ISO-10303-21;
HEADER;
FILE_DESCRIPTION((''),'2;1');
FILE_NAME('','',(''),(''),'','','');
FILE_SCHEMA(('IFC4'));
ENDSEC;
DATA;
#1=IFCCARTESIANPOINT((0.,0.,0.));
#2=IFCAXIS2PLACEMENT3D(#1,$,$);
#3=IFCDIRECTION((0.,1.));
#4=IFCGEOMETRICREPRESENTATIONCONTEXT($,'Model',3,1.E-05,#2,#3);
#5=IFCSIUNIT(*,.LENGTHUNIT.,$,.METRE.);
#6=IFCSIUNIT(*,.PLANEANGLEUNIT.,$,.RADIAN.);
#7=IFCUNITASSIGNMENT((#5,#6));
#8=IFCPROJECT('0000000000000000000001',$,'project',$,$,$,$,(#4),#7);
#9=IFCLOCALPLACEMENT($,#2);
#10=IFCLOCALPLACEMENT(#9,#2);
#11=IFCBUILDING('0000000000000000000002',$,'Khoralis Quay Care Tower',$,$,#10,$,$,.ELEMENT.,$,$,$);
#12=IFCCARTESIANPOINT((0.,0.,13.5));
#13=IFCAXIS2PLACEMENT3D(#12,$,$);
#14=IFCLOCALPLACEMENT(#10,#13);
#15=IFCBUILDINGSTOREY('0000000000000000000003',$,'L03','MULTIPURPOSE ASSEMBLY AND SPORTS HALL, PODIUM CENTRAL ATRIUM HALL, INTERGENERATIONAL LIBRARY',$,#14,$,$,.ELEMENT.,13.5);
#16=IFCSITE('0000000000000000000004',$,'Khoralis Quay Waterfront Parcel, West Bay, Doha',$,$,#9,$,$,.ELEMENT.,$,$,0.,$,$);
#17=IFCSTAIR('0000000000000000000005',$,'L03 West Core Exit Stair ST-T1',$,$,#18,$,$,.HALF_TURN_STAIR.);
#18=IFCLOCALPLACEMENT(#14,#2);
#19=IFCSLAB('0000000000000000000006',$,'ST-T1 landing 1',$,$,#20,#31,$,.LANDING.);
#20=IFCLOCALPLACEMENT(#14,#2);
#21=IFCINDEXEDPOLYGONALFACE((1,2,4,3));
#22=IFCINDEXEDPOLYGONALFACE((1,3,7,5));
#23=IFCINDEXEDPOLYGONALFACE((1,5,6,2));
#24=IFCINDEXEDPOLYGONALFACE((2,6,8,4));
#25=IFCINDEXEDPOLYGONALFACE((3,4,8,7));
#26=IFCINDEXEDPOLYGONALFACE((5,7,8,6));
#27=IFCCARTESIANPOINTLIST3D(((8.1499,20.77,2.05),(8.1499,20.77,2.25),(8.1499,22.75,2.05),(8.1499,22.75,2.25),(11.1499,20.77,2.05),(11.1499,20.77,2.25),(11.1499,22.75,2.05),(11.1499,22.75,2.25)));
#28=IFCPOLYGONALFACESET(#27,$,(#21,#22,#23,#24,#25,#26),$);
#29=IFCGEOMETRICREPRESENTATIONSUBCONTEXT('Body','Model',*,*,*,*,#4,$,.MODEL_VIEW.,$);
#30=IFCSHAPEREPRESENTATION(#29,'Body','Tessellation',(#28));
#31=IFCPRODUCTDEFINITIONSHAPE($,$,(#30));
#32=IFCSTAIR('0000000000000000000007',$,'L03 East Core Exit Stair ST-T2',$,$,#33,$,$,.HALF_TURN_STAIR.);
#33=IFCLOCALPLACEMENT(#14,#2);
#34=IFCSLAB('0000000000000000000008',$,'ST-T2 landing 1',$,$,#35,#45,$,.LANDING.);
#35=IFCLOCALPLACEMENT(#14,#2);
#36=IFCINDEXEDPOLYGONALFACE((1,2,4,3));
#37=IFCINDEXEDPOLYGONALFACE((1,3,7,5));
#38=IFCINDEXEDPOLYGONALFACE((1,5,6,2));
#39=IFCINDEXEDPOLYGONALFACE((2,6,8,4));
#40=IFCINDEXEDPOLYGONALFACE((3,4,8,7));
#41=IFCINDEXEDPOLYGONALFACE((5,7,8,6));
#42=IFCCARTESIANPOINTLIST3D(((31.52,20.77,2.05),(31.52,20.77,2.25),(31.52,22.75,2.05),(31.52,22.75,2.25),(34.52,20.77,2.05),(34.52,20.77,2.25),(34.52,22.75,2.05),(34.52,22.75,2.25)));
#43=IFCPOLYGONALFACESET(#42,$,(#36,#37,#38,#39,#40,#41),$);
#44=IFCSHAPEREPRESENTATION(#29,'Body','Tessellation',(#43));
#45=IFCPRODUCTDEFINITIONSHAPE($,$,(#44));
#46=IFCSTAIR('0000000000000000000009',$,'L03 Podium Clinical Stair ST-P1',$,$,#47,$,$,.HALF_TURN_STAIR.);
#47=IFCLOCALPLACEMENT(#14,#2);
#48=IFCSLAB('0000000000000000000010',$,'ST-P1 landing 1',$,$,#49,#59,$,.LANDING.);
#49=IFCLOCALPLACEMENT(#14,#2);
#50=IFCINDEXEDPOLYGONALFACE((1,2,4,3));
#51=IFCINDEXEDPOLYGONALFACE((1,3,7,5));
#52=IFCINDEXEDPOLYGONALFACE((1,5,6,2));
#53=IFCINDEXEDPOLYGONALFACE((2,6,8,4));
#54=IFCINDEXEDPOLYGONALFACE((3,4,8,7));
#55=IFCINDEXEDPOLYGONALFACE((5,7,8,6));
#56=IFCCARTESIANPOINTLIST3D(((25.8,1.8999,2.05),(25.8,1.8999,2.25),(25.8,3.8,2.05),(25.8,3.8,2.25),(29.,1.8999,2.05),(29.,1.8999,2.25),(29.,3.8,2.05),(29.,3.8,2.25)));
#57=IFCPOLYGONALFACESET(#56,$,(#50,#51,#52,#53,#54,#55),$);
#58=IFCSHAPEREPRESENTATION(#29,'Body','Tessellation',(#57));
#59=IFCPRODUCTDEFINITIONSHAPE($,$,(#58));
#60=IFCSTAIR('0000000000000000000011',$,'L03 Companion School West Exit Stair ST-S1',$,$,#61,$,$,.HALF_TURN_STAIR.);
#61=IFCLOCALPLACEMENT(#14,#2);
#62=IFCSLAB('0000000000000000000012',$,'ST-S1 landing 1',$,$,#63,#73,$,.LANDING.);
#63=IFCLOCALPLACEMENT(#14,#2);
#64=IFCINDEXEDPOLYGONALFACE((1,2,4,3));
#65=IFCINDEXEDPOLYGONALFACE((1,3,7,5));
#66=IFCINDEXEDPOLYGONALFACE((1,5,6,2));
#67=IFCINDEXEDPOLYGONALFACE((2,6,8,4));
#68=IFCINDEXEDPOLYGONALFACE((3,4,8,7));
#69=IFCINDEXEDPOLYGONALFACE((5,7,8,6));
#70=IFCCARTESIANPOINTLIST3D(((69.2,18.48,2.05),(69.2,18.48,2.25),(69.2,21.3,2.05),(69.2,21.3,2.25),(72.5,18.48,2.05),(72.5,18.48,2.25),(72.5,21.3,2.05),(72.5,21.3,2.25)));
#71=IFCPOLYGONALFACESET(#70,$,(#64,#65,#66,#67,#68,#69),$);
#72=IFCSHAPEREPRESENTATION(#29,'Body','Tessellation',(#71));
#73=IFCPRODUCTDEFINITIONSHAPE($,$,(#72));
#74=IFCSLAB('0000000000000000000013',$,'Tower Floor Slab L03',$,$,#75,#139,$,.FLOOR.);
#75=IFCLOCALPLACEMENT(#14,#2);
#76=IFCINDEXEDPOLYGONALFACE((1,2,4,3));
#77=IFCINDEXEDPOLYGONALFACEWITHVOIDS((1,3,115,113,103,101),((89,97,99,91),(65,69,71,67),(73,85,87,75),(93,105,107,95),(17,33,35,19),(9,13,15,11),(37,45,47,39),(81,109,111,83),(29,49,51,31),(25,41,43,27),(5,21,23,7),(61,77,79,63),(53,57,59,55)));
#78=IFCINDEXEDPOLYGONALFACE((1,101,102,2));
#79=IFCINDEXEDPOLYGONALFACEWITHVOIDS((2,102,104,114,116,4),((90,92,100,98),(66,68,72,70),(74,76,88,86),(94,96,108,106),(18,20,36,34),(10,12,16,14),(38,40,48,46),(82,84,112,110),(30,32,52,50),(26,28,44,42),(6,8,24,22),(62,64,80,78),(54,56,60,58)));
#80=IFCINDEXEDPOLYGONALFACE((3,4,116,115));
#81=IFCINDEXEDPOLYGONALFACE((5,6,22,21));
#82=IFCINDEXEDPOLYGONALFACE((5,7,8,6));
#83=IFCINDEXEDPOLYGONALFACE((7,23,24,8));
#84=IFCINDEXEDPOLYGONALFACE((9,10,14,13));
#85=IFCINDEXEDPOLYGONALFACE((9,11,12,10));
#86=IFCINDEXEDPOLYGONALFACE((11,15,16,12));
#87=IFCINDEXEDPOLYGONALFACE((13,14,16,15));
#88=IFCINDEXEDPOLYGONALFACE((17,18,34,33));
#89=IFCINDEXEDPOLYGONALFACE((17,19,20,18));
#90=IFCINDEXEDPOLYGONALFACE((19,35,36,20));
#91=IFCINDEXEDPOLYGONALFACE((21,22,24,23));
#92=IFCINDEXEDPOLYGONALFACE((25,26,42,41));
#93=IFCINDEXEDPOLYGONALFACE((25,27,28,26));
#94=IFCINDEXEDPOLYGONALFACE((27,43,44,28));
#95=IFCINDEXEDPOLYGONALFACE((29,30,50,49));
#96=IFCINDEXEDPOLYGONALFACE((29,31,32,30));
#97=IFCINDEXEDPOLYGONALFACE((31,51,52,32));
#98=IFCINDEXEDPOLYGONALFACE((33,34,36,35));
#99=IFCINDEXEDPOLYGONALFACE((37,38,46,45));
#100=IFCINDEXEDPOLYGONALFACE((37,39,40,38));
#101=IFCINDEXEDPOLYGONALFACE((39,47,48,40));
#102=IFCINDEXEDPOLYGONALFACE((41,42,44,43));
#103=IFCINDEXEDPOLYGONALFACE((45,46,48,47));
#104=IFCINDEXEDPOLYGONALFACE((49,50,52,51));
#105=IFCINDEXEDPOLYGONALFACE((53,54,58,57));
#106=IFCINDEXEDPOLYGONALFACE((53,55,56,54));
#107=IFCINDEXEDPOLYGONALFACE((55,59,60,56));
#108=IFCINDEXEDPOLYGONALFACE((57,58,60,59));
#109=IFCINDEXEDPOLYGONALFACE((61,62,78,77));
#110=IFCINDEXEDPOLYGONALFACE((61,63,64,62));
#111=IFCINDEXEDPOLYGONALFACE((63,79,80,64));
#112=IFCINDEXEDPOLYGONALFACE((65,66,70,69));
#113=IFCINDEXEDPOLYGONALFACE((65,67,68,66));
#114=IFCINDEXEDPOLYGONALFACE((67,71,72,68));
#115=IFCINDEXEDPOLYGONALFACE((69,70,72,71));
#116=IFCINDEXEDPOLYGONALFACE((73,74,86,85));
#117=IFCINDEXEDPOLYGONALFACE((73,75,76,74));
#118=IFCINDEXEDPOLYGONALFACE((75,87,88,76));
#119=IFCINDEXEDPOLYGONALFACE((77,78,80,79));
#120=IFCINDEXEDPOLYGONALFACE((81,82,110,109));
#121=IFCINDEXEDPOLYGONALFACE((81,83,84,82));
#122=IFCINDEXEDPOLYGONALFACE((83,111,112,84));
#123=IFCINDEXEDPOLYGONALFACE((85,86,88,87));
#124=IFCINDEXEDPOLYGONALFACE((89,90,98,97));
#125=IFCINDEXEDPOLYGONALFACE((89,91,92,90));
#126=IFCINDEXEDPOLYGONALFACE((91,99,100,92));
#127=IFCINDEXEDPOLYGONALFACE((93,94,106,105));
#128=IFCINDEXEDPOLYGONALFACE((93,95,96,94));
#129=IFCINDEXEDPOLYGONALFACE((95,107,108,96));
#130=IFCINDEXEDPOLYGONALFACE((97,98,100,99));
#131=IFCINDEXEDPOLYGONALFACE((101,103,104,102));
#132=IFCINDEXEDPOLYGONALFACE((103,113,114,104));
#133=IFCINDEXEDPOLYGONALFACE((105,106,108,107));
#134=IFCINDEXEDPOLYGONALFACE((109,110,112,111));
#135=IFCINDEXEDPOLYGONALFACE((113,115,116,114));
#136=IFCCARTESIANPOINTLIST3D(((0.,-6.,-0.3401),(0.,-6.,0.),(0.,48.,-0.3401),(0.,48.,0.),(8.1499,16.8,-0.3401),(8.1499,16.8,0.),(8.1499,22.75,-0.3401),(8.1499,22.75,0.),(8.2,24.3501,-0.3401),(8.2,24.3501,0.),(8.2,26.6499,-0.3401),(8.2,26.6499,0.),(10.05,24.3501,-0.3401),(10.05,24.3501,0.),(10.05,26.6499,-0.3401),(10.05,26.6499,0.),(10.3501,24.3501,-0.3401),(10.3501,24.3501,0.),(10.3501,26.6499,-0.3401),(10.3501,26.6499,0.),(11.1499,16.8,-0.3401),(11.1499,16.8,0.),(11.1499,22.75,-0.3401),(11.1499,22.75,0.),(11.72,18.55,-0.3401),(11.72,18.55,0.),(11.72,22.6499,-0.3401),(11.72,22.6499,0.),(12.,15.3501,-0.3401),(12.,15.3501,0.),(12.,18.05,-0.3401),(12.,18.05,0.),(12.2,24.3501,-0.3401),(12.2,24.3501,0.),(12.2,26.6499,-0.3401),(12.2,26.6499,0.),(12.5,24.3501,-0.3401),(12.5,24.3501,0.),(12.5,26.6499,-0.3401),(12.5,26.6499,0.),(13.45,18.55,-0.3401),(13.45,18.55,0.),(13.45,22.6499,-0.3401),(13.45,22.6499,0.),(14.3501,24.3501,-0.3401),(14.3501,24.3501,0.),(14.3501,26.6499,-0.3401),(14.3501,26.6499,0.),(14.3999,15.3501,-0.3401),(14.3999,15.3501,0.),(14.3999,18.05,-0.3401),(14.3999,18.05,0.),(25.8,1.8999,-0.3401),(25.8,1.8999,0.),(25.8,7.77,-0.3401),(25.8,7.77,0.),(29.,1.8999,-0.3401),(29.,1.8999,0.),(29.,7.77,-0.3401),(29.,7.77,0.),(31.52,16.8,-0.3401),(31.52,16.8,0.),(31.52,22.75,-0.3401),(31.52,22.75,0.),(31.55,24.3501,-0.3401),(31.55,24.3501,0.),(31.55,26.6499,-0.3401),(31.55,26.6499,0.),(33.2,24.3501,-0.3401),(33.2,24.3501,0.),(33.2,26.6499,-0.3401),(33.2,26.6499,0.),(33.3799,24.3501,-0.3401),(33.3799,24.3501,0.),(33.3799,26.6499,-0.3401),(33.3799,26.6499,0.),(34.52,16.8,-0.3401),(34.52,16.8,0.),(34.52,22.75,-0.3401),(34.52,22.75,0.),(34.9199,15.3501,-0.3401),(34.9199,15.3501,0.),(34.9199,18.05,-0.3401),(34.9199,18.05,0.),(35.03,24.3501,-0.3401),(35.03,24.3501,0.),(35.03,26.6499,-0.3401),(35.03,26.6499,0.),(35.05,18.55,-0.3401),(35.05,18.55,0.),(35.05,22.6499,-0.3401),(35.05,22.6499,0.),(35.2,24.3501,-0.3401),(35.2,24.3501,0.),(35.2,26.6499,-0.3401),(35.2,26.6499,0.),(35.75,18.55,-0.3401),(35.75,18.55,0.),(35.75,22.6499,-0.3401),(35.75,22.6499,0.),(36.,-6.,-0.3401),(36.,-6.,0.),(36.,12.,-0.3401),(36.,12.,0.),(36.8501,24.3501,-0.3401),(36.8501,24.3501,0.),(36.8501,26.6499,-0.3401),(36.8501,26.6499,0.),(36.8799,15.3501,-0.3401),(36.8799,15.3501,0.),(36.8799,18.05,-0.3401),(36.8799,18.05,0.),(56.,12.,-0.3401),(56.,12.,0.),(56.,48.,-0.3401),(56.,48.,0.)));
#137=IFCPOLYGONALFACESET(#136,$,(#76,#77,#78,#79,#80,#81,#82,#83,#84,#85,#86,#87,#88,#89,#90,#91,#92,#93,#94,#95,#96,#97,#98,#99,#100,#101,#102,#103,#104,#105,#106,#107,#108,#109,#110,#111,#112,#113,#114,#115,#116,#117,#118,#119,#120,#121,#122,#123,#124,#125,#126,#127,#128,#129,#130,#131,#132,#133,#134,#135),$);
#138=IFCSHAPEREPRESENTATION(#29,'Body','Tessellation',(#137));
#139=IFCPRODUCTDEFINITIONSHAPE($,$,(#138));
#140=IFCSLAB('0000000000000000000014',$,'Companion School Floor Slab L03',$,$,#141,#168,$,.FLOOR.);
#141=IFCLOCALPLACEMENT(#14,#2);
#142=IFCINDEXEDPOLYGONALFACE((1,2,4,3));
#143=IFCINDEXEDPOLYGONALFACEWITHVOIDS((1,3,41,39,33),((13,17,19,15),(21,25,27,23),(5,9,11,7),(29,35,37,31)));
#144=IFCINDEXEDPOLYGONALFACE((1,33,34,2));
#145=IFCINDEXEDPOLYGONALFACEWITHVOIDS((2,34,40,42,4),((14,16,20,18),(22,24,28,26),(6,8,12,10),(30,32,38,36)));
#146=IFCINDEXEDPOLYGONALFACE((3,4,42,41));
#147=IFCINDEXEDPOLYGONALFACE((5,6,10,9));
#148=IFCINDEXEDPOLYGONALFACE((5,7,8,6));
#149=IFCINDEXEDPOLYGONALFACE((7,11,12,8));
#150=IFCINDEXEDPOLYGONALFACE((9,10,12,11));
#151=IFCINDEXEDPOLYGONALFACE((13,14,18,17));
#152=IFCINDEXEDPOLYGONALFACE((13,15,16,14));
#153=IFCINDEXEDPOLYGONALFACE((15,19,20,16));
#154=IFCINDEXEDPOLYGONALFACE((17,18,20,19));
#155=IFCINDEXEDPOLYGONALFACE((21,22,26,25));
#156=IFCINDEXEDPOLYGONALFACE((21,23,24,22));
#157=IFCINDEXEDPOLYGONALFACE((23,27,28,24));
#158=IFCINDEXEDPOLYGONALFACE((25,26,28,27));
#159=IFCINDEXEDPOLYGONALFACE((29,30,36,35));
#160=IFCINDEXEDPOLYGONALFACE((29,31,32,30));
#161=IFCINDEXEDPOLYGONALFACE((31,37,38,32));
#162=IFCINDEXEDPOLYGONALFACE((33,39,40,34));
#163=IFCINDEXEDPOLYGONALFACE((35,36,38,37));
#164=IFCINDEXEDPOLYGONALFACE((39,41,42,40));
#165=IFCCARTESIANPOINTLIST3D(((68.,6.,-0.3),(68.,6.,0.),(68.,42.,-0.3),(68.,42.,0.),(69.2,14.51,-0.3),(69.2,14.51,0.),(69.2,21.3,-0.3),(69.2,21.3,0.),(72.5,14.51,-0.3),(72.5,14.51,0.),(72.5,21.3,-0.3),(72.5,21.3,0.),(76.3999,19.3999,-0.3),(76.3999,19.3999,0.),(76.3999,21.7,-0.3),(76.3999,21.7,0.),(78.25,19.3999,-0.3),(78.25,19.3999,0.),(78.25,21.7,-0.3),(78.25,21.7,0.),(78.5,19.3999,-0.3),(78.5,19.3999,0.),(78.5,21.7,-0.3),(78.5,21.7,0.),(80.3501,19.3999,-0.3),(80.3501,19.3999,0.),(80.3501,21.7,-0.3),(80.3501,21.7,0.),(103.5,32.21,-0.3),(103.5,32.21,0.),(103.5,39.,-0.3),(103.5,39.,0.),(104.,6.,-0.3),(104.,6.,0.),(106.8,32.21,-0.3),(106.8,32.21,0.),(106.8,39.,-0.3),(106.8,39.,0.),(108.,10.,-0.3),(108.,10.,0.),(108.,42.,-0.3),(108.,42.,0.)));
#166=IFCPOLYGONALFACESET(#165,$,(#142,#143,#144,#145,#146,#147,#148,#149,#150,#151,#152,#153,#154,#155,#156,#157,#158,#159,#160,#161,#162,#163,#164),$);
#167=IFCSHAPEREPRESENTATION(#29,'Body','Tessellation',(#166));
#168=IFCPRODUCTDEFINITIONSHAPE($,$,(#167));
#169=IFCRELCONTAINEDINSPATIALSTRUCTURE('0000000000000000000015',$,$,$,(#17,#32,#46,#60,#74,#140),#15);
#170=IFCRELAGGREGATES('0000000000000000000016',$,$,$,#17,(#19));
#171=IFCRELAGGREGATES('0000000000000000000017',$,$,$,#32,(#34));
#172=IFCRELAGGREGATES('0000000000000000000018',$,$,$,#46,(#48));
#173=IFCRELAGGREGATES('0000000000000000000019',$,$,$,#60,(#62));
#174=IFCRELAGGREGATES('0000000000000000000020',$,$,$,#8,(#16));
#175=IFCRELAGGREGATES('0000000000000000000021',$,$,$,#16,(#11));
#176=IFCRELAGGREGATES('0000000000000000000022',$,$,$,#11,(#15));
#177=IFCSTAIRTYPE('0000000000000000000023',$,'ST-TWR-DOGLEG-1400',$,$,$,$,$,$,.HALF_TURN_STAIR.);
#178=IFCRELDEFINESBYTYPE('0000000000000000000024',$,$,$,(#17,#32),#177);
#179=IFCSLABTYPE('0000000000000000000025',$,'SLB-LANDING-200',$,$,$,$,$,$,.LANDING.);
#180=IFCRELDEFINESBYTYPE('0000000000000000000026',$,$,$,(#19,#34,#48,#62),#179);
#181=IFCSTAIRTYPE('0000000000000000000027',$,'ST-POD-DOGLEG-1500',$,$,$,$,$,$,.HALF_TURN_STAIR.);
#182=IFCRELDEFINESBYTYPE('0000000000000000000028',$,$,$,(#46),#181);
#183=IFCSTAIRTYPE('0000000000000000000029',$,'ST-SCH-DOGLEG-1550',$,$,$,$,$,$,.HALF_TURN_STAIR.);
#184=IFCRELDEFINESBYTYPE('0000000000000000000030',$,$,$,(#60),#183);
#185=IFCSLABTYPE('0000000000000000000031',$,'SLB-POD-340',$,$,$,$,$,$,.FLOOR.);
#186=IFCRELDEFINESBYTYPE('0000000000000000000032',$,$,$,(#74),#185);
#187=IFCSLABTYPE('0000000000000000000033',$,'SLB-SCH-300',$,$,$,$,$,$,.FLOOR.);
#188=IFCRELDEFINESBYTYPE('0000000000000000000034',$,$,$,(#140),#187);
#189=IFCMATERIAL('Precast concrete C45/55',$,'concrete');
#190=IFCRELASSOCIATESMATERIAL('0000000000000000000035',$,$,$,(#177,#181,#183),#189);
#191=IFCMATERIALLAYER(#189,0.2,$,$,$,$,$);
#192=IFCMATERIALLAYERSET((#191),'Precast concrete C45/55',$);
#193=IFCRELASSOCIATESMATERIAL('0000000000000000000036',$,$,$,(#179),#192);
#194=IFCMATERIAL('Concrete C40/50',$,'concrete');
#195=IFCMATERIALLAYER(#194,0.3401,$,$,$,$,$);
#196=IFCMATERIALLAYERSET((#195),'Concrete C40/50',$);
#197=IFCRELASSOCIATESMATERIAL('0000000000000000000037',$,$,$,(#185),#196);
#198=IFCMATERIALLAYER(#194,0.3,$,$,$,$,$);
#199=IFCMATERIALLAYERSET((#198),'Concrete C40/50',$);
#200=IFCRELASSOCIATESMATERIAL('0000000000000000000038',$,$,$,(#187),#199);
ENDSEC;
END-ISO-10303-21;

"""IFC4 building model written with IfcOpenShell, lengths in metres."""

from ifc_helpers import new_model, si_unit, direction, frame, origin, place, context, subcontext, project, spatial, polyline, outline, extrude, material, layer, layer_set, type_object, element, aggregate, save


model = new_model("IFC4")

# Units and contexts
model_context = context("Model", 3, precision=1e-05, world=origin(), true_north=direction((0.0, 1.0)))
body_context = subcontext(model_context, "Body", "Model", "MODEL_VIEW")
ifc_project = project(units=[si_unit("LENGTHUNIT", "METRE"), si_unit("PLANEANGLEUNIT", "RADIAN")], contexts=[model_context])

# Site, building, storey
site_placement = place(None, origin())
site = spatial("IfcSite", under=ifc_project, at=site_placement, Name="Khoralis Quay Waterfront Parcel, West Bay, Doha", CompositionType="ELEMENT", RefElevation=0.0)
building_placement = place(site_placement, origin())
building = spatial("IfcBuilding", under=site, at=building_placement, Name="Khoralis Quay Care Tower", CompositionType="ELEMENT")
storey_placement = place(building_placement, frame((0.0, 0.0, 13.5)))
storey = spatial("IfcBuildingStorey", under=building, at=storey_placement, Name="L03", Description="MULTIPURPOSE ASSEMBLY AND SPORTS HALL, PODIUM CENTRAL ATRIUM HALL, INTERGENERATIONAL LIBRARY", CompositionType="ELEMENT", Elevation=13.5)

# Stairs, slabs
ifc_material_1 = material(Name="Precast concrete C45/55", Category="concrete")
stair_type_1 = type_object("IfcStairType", Name="ST-TWR-DOGLEG-1400", PredefinedType="HALF_TURN_STAIR", material=ifc_material_1)
stair_1_placement = place(storey_placement, origin())
stair_1 = element("IfcStair", 1, at=stair_1_placement, inside=storey, type_object=stair_type_1, Name="L03 West Core Exit Stair ST-T1", PredefinedType="HALF_TURN_STAIR")
ifc_layer_1 = layer(ifc_material_1, 0.2)
ifc_layer_set_1 = layer_set([ifc_layer_1], Name="Precast concrete C45/55")
slab_type_1 = type_object("IfcSlabType", Name="SLB-LANDING-200", PredefinedType="LANDING", material=ifc_layer_set_1)
slab_1_placement = place(storey_placement, frame((0.0, 0.0, 2.05)))
slab_1 = element("IfcSlab", 2, at=slab_1_placement, type_object=slab_type_1, Name="ST-T1 landing 1", PredefinedType="LANDING", context=body_context, shape_type="SweptSolid", body=[
    extrude(outline(polyline([(11.1499, 20.77), (11.1499, 22.75), (8.1499, 22.75), (8.1499, 20.77), (11.1499, 20.77)])), origin(), (0.0, 0.0, 1.0), 0.2),
])
aggregate(stair_1, [slab_1])
stair_2_placement = place(storey_placement, origin())
stair_2 = element("IfcStair", 3, at=stair_2_placement, inside=storey, type_object=stair_type_1, Name="L03 East Core Exit Stair ST-T2", PredefinedType="HALF_TURN_STAIR")
slab_2_placement = place(storey_placement, frame((0.0, 0.0, 2.05)))
slab_2 = element("IfcSlab", 4, at=slab_2_placement, type_object=slab_type_1, Name="ST-T2 landing 1", PredefinedType="LANDING", context=body_context, shape_type="SweptSolid", body=[
    extrude(outline(polyline([(34.52, 20.77), (34.52, 22.75), (31.52, 22.75), (31.52, 20.77), (34.52, 20.77)])), origin(), (0.0, 0.0, 1.0), 0.2),
])
aggregate(stair_2, [slab_2])
stair_type_2 = type_object("IfcStairType", Name="ST-POD-DOGLEG-1500", PredefinedType="HALF_TURN_STAIR", material=ifc_material_1)
stair_3_placement = place(storey_placement, origin())
stair_3 = element("IfcStair", 5, at=stair_3_placement, inside=storey, type_object=stair_type_2, Name="L03 Podium Clinical Stair ST-P1", PredefinedType="HALF_TURN_STAIR")
slab_3_placement = place(storey_placement, frame((0.0, 0.0, 2.05)))
slab_3 = element("IfcSlab", 6, at=slab_3_placement, type_object=slab_type_1, Name="ST-P1 landing 1", PredefinedType="LANDING", context=body_context, shape_type="SweptSolid", body=[
    extrude(outline(polyline([(25.8, 3.8), (25.8, 1.8999), (29.0, 1.8999), (29.0, 3.8), (25.8, 3.8)])), origin(), (0.0, 0.0, 1.0), 0.2),
])
aggregate(stair_3, [slab_3])
stair_type_3 = type_object("IfcStairType", Name="ST-SCH-DOGLEG-1550", PredefinedType="HALF_TURN_STAIR", material=ifc_material_1)
stair_4_placement = place(storey_placement, origin())
stair_4 = element("IfcStair", 7, at=stair_4_placement, inside=storey, type_object=stair_type_3, Name="L03 Companion School West Exit Stair ST-S1", PredefinedType="HALF_TURN_STAIR")
slab_4_placement = place(storey_placement, frame((0.0, 0.0, 2.05)))
slab_4 = element("IfcSlab", 8, at=slab_4_placement, type_object=slab_type_1, Name="ST-S1 landing 1", PredefinedType="LANDING", context=body_context, shape_type="SweptSolid", body=[
    extrude(outline(polyline([(72.5, 18.48), (72.5, 21.3), (69.2, 21.3), (69.2, 18.48), (72.5, 18.48)])), origin(), (0.0, 0.0, 1.0), 0.2),
])
aggregate(stair_4, [slab_4])

# Slabs
ifc_material_2 = material(Name="Concrete C40/50", Category="concrete")
ifc_layer_2 = layer(ifc_material_2, 0.3401)
ifc_layer_set_2 = layer_set([ifc_layer_2], Name="Concrete C40/50")
slab_type_2 = type_object("IfcSlabType", Name="SLB-POD-340", PredefinedType="FLOOR", material=ifc_layer_set_2)
slab_5_placement = place(storey_placement, frame((0.0, 0.0, -0.3401)))
element("IfcSlab", 9, at=slab_5_placement, inside=storey, type_object=slab_type_2, Name="Tower Floor Slab L03", PredefinedType="FLOOR", context=body_context, shape_type="SweptSolid", body=[
    extrude(outline(polyline([(0.0, -6.0), (36.0, -6.0), (36.0, 12.0), (56.0, 12.0), (56.0, 48.0), (0.0, 48.0), (0.0, -6.0)]), holes=[polyline([(11.1499, 16.8), (11.1499, 22.75), (8.1499, 22.75), (8.1499, 16.8), (11.1499, 16.8)]), polyline([(34.52, 16.8), (34.52, 22.75), (31.52, 22.75), (31.52, 16.8), (34.52, 16.8)]), polyline([(25.8, 7.77), (25.8, 1.8999), (29.0, 1.8999), (29.0, 7.77), (25.8, 7.77)]), polyline([(12.0, 15.3501), (14.3999, 15.3501), (14.3999, 18.05), (12.0, 18.05), (12.0, 15.3501)]), polyline([(34.9199, 15.3501), (36.8799, 15.3501), (36.8799, 18.05), (34.9199, 18.05), (34.9199, 15.3501)]), polyline([(8.2, 24.3501), (10.05, 24.3501), (10.05, 26.6499), (8.2, 26.6499), (8.2, 24.3501)]), polyline([(31.55, 24.3501), (33.2, 24.3501), (33.2, 26.6499), (31.55, 26.6499), (31.55, 24.3501)]), polyline([(10.3501, 24.3501), (12.2, 24.3501), (12.2, 26.6499), (10.3501, 26.6499), (10.3501, 24.3501)]), polyline([(33.3799, 24.3501), (35.03, 24.3501), (35.03, 26.6499), (33.3799, 26.6499), (33.3799, 24.3501)]), polyline([(12.5, 24.3501), (14.3501, 24.3501), (14.3501, 26.6499), (12.5, 26.6499), (12.5, 24.3501)]), polyline([(35.2, 24.3501), (36.8501, 24.3501), (36.8501, 26.6499), (35.2, 26.6499), (35.2, 24.3501)]), polyline([(11.72, 18.55), (13.45, 18.55), (13.45, 22.6499), (11.72, 22.6499), (11.72, 18.55)]), polyline([(35.05, 18.55), (35.75, 18.55), (35.75, 22.6499), (35.05, 22.6499), (35.05, 18.55)])]), origin(), (0.0, 0.0, 1.0), 0.3401),
])
ifc_layer_3 = layer(ifc_material_2, 0.3)
ifc_layer_set_3 = layer_set([ifc_layer_3], Name="Concrete C40/50")
slab_type_3 = type_object("IfcSlabType", Name="SLB-SCH-300", PredefinedType="FLOOR", material=ifc_layer_set_3)
slab_6_placement = place(storey_placement, frame((0.0, 0.0, -0.3)))
element("IfcSlab", 10, at=slab_6_placement, inside=storey, type_object=slab_type_3, Name="Companion School Floor Slab L03", PredefinedType="FLOOR", context=body_context, shape_type="SweptSolid", body=[
    extrude(outline(polyline([(68.0, 6.0), (104.0, 6.0), (108.0, 10.0), (108.0, 42.0), (68.0, 42.0), (68.0, 6.0)]), holes=[polyline([(72.5, 14.51), (72.5, 21.3), (69.2, 21.3), (69.2, 14.51), (72.5, 14.51)]), polyline([(106.8, 32.21), (106.8, 39.0), (103.5, 39.0), (103.5, 32.21), (106.8, 32.21)]), polyline([(76.3999, 19.3999), (78.25, 19.3999), (78.25, 21.7), (76.3999, 21.7), (76.3999, 19.3999)]), polyline([(78.5, 19.3999), (80.3501, 19.3999), (80.3501, 21.7), (78.5, 21.7), (78.5, 19.3999)])]), origin(), (0.0, 0.0, 1.0), 0.3),
])

save(model, "model.ifc")
